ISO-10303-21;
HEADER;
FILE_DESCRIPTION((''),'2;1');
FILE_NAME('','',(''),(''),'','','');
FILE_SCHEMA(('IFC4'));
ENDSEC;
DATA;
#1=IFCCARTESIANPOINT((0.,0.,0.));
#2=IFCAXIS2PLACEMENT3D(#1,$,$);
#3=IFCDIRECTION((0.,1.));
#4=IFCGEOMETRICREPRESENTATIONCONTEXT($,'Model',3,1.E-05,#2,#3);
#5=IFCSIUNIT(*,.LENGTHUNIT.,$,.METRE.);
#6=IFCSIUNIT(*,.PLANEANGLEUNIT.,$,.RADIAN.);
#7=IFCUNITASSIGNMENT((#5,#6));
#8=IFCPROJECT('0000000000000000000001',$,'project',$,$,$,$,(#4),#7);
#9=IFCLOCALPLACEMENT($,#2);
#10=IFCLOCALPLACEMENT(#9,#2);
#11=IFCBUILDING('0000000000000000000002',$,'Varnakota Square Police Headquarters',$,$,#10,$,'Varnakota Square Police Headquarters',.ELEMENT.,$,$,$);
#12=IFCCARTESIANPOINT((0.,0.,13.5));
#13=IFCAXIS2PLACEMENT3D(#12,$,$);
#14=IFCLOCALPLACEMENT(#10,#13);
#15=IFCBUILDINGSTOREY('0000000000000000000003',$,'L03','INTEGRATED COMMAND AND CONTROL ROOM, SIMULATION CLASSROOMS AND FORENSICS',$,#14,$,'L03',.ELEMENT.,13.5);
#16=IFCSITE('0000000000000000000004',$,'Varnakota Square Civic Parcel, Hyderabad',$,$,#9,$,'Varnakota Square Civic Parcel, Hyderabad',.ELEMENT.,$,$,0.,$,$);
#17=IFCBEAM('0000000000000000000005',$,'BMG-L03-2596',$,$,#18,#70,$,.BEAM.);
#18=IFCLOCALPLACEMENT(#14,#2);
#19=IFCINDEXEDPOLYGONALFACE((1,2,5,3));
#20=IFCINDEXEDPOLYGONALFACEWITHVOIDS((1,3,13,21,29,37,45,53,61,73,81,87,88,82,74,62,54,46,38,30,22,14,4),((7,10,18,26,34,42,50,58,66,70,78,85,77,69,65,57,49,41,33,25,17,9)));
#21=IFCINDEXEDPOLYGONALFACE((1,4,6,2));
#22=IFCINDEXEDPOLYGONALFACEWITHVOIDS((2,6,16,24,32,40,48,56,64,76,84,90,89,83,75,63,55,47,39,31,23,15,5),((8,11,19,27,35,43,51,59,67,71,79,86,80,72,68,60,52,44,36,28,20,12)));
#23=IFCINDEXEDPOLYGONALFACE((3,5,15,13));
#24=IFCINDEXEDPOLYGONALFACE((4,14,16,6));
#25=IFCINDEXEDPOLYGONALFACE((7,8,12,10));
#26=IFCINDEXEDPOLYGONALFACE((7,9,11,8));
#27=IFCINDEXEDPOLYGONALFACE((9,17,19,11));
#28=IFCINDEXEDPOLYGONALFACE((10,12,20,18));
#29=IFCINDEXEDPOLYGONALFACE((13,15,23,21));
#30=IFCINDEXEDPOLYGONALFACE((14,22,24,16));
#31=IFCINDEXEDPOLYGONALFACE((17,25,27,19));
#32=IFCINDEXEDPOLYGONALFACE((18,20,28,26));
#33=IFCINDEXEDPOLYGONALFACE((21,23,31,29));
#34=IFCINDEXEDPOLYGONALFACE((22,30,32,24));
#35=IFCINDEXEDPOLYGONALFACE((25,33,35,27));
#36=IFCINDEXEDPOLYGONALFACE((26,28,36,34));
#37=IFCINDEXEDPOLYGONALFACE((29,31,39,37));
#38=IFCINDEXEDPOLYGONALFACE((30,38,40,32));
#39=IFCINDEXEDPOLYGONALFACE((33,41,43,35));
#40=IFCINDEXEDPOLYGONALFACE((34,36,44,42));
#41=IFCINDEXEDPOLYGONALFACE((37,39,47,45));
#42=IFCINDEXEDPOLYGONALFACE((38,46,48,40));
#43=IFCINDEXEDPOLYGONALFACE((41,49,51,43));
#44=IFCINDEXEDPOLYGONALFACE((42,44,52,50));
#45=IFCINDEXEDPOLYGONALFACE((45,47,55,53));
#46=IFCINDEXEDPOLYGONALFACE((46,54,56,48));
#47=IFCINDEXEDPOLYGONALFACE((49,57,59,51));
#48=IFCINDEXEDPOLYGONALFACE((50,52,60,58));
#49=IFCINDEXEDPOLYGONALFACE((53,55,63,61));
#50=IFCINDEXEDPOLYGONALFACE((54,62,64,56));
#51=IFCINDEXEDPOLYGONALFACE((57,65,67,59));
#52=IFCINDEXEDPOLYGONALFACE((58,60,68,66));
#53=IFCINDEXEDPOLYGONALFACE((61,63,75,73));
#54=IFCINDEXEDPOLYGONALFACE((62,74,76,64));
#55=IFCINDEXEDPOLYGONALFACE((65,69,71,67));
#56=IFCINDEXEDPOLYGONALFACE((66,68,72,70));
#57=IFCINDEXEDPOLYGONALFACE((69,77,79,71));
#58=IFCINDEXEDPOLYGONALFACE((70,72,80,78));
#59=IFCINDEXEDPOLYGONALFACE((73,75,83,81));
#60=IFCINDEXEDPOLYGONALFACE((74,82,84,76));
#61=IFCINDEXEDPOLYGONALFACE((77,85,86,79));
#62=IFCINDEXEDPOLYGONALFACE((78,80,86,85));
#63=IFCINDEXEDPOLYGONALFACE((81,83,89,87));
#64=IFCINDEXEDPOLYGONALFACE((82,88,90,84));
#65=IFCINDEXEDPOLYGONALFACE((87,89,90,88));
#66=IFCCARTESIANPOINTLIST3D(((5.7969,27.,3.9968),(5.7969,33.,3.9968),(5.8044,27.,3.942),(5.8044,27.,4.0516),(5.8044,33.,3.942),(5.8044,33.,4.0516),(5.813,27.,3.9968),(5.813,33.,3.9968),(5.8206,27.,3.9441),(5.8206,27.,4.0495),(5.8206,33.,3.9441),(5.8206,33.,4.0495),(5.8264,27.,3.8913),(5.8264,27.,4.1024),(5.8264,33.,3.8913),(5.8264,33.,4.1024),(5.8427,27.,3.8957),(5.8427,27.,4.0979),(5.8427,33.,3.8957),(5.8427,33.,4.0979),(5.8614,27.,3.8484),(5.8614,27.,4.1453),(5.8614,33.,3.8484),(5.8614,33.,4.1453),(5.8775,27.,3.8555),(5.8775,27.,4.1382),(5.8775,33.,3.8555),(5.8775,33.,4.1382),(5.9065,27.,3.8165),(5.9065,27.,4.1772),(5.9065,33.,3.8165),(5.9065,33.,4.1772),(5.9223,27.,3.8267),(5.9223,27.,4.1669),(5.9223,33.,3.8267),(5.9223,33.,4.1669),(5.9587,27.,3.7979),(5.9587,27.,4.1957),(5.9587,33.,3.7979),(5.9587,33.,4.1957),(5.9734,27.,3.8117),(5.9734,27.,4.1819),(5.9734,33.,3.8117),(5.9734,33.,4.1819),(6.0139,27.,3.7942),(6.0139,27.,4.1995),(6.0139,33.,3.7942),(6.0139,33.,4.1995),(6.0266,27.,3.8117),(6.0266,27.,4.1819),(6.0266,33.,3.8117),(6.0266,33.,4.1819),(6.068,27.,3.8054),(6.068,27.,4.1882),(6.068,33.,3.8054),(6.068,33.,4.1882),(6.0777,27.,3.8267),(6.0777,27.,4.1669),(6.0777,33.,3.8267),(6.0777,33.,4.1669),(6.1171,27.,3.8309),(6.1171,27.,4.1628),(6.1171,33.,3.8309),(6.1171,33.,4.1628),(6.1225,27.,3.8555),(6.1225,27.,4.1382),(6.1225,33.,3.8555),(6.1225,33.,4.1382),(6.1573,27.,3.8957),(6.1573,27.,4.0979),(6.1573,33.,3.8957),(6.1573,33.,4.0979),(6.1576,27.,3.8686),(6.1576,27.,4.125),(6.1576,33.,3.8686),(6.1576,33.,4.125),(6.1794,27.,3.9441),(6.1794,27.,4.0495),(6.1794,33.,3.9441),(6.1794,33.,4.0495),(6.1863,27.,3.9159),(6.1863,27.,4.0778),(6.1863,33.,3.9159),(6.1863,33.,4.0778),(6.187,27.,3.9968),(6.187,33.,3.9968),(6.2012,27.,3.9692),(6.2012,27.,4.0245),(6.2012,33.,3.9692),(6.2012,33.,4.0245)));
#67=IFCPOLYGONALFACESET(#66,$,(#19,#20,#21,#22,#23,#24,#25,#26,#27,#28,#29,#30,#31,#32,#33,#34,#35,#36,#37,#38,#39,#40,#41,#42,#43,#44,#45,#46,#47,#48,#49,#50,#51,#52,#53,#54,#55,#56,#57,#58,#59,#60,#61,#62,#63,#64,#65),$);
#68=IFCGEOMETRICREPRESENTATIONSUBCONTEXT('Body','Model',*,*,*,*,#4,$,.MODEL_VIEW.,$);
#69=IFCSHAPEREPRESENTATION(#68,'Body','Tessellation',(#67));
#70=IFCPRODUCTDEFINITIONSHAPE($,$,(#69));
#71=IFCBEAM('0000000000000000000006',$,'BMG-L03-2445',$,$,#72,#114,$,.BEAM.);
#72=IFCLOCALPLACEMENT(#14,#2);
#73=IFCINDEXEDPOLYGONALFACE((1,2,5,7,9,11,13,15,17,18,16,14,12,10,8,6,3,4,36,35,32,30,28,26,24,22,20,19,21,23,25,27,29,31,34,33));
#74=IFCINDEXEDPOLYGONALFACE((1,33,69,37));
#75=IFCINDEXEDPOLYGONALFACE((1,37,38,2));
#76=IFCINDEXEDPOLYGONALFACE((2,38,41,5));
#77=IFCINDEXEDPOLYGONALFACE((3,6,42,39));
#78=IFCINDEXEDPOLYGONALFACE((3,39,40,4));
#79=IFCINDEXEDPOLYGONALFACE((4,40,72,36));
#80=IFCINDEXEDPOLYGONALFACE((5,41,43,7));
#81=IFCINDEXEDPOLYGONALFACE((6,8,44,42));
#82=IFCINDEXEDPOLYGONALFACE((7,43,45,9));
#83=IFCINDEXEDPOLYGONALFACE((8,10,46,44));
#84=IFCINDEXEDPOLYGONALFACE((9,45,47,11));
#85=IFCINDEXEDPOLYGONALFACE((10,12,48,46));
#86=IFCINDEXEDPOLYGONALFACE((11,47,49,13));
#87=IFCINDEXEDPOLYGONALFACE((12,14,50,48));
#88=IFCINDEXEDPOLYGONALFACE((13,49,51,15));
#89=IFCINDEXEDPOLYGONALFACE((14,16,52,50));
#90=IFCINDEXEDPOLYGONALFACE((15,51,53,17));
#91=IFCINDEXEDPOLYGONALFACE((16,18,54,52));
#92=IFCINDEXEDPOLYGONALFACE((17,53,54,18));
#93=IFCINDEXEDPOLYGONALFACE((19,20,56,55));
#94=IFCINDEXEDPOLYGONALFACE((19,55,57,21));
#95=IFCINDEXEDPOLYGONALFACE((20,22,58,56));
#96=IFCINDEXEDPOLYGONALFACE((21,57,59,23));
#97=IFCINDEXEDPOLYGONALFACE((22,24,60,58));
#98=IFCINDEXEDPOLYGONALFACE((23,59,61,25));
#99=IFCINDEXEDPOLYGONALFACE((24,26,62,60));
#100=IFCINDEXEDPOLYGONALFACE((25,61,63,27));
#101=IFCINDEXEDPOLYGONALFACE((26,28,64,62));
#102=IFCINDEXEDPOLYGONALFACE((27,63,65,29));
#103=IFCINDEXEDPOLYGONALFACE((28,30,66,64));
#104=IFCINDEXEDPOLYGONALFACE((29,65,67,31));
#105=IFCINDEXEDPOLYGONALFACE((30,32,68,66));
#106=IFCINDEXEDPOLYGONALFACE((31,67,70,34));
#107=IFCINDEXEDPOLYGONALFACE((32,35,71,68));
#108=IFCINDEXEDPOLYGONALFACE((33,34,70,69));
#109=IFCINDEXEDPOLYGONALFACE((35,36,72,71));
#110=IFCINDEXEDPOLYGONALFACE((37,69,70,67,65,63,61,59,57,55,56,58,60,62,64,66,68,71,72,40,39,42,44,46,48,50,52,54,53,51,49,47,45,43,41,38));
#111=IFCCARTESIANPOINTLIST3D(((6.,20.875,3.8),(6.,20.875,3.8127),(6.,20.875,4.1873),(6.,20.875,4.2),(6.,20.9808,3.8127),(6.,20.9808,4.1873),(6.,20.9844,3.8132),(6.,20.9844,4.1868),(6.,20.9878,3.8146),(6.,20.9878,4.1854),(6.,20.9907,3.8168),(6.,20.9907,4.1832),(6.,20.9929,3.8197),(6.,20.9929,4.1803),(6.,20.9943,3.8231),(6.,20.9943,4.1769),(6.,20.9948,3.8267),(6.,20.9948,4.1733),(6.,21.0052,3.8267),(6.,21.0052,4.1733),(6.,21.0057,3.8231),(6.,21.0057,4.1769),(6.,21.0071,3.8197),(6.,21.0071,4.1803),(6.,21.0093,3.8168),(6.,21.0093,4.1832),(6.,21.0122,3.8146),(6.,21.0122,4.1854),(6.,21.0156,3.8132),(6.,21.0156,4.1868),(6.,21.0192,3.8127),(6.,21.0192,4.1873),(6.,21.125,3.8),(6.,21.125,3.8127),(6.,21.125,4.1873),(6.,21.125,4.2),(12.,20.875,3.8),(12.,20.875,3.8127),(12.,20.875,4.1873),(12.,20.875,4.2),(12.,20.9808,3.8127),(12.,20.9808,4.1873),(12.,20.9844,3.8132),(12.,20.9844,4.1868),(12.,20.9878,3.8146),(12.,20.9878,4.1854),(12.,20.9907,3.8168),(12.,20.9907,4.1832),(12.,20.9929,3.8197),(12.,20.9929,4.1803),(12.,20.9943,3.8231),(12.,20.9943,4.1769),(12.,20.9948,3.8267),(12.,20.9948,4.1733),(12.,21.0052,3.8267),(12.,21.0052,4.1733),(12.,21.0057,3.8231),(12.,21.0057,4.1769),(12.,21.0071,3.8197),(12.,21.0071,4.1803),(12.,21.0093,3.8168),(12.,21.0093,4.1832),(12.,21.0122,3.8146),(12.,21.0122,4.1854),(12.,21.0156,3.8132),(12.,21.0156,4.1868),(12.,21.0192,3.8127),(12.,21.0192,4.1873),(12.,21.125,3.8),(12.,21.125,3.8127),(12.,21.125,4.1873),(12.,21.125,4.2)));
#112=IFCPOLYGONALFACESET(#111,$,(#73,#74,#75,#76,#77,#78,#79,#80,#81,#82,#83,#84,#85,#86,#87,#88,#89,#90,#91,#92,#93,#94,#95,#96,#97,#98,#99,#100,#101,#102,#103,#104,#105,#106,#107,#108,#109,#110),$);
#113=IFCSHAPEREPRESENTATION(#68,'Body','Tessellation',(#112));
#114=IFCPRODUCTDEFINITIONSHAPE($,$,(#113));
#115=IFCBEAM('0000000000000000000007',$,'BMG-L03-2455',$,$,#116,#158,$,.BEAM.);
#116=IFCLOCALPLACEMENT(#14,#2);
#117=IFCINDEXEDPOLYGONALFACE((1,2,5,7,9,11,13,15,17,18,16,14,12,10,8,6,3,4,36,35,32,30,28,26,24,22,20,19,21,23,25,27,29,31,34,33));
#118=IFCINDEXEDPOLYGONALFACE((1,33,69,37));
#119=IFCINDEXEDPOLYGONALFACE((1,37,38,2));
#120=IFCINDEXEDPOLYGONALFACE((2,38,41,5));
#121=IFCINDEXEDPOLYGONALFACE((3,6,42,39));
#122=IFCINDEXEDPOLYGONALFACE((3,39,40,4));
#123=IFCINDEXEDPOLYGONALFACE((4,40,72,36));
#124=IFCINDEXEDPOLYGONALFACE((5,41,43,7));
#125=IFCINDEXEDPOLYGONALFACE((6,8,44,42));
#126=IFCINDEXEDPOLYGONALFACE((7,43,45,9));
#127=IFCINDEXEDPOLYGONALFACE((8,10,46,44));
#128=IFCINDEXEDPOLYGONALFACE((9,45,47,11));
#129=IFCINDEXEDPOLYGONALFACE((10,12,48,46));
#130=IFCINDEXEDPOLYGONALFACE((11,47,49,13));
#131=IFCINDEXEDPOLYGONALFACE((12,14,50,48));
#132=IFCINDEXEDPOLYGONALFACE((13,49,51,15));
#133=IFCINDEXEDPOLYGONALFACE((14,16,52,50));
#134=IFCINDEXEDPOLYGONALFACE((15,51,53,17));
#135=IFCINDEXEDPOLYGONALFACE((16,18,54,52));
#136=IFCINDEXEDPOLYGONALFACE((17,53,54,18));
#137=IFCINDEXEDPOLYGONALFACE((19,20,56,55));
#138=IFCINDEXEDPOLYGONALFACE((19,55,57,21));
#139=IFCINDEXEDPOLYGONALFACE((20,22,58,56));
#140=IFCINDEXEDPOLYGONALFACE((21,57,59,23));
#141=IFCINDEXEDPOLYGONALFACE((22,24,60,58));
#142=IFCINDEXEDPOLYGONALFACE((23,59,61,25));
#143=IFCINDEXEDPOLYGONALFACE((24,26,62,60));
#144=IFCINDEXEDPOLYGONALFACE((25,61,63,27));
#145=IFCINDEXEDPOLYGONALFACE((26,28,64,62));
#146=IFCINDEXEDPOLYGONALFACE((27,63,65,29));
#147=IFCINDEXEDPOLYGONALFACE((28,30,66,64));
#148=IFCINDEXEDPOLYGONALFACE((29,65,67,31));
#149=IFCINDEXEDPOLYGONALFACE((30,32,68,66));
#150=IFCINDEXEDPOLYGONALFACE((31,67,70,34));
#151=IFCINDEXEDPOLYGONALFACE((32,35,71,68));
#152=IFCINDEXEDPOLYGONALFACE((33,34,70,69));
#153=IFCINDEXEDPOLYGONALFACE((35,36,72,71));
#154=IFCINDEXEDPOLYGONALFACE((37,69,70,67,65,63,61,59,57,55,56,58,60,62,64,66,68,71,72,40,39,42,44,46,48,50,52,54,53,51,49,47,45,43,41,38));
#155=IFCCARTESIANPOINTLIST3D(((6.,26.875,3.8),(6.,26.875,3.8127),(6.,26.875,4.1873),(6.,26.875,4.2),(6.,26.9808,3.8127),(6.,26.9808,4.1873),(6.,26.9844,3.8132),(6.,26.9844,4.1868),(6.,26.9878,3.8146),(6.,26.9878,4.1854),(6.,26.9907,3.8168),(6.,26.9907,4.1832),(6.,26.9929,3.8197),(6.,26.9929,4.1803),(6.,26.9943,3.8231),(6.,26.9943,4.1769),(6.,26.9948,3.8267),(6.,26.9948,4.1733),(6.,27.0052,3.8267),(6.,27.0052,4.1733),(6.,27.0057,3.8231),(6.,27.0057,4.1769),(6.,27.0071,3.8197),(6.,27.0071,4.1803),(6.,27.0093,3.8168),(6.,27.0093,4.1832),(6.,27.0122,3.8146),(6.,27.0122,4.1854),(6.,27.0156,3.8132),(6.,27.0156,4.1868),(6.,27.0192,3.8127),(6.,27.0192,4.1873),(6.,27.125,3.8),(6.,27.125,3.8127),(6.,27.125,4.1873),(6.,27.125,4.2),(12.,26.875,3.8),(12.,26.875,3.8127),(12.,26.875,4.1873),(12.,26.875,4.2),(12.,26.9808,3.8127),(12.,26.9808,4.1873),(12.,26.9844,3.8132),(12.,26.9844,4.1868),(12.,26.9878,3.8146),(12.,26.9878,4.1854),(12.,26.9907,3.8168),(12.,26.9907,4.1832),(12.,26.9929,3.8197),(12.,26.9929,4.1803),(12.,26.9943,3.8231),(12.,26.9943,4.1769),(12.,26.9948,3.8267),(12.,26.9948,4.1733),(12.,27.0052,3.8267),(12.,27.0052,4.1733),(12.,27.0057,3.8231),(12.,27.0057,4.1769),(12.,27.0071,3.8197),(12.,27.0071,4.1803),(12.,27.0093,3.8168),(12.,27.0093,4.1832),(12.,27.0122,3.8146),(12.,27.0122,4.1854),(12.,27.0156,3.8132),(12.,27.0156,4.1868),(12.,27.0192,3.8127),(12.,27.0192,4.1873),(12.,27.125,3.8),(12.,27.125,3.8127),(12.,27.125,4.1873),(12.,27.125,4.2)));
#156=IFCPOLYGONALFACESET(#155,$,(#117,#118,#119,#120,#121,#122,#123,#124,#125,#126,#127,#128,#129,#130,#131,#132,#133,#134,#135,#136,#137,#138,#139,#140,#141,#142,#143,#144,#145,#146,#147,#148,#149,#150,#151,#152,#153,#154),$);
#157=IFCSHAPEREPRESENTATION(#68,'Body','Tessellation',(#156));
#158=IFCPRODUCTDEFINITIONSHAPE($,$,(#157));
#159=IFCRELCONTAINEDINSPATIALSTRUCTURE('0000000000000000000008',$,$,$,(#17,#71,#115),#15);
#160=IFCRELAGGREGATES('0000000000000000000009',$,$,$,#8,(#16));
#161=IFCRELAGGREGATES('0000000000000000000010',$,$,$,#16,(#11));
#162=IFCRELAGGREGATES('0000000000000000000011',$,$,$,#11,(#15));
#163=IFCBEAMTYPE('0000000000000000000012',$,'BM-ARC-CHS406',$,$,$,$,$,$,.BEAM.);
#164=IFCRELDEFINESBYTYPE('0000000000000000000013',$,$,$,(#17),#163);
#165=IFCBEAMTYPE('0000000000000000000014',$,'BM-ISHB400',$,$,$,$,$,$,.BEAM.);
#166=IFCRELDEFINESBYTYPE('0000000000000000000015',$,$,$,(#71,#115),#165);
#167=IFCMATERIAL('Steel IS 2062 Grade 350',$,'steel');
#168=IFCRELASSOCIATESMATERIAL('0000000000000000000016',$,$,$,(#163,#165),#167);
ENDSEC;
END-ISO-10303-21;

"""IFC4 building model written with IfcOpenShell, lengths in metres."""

from ifc_helpers import new_model, si_unit, direction, frame, origin, origin_2d, place, context, subcontext, project, spatial, hollow_circle, i_section, extrude, material, material_profile, profile_set, type_object, element, save


model = new_model("IFC4")

# Units and contexts
model_context = context("Model", 3, precision=1e-05, world=origin(), true_north=direction((0.0, 1.0)))
body_context = subcontext(model_context, "Body", "Model", "MODEL_VIEW")
ifc_project = project(units=[si_unit("LENGTHUNIT", "METRE"), si_unit("PLANEANGLEUNIT", "RADIAN")], contexts=[model_context])

# Site, building, storey
site_placement = place(None, origin())
site = spatial("IfcSite", under=ifc_project, at=site_placement, Name="Varnakota Square Civic Parcel, Hyderabad", LongName="Varnakota Square Civic Parcel, Hyderabad", CompositionType="ELEMENT", RefElevation=0.0)
building_placement = place(site_placement, origin())
building = spatial("IfcBuilding", under=site, at=building_placement, Name="Varnakota Square Police Headquarters", LongName="Varnakota Square Police Headquarters", CompositionType="ELEMENT")
storey_placement = place(building_placement, frame((0.0, 0.0, 13.5)))
storey = spatial("IfcBuildingStorey", under=building, at=storey_placement, Name="L03", Description="INTEGRATED COMMAND AND CONTROL ROOM, SIMULATION CLASSROOMS AND FORENSICS", LongName="L03", CompositionType="ELEMENT", Elevation=13.5)

# Shared definitions
ifc_material_1 = material(Name="Steel IS 2062 Grade 350", Category="steel")

# Beams
ifc_material_profile_1 = material_profile(ifc_material_1, hollow_circle(Radius=0.2031, WallThickness=0.0161, at=origin_2d()), Name="CHS 406.4x16.0")
ifc_profile_set_1 = profile_set([ifc_material_profile_1], Name="Steel IS 2062 Grade 350")
beam_type_1 = type_object("IfcBeamType", Name="BM-ARC-CHS406", PredefinedType="BEAM", material=ifc_profile_set_1)
beam_1_placement = place(storey_placement, frame((6.0, 27.0, 3.9968), z_axis=(0.0, 1.0, 0.0), x_axis=(-1.0, 0.0, 0.0)))
element("IfcBeam", 1, at=beam_1_placement, inside=storey, type_object=beam_type_1, Name="BMG-L03-2596", PredefinedType="BEAM", context=body_context, shape_type="SweptSolid", body=[
    extrude(hollow_circle(Radius=0.2031, WallThickness=0.0161, at=origin_2d()), origin(), (0.0, 0.0, 1.0), 6.0),
])
ifc_material_profile_2 = material_profile(ifc_material_1, i_section(OverallWidth=0.25, OverallDepth=0.3999, WebThickness=0.0105, FlangeThickness=0.0127, FilletRadius=0.0139, at=origin_2d()), Name="ISHB 400")
ifc_profile_set_2 = profile_set([ifc_material_profile_2], Name="Steel IS 2062 Grade 350")
beam_type_2 = type_object("IfcBeamType", Name="BM-ISHB400", PredefinedType="BEAM", material=ifc_profile_set_2)
for number, where, z_axis, x_axis, name in (
    (2, (6.0, 21.0, 4.0), (1.0, 0.0, 0.0), (0.0, 1.0, 0.0), "BMG-L03-2445"),
    (3, (6.0, 27.0, 4.0), (1.0, 0.0, 0.0), (0.0, 1.0, 0.0), "BMG-L03-2455"),
):
    element("IfcBeam", number, at=place(storey_placement, frame(where, z_axis=z_axis, x_axis=x_axis)), inside=storey, type_object=beam_type_2, Name=name, PredefinedType="BEAM", context=body_context, shape_type="SweptSolid", body=[
        extrude(i_section(OverallWidth=0.25, OverallDepth=0.3999, WebThickness=0.0105, FlangeThickness=0.0127, FilletRadius=0.0139, at=origin_2d()), origin(), (0.0, 0.0, 1.0), 6.0),
    ])

save(model, "model.ifc")
